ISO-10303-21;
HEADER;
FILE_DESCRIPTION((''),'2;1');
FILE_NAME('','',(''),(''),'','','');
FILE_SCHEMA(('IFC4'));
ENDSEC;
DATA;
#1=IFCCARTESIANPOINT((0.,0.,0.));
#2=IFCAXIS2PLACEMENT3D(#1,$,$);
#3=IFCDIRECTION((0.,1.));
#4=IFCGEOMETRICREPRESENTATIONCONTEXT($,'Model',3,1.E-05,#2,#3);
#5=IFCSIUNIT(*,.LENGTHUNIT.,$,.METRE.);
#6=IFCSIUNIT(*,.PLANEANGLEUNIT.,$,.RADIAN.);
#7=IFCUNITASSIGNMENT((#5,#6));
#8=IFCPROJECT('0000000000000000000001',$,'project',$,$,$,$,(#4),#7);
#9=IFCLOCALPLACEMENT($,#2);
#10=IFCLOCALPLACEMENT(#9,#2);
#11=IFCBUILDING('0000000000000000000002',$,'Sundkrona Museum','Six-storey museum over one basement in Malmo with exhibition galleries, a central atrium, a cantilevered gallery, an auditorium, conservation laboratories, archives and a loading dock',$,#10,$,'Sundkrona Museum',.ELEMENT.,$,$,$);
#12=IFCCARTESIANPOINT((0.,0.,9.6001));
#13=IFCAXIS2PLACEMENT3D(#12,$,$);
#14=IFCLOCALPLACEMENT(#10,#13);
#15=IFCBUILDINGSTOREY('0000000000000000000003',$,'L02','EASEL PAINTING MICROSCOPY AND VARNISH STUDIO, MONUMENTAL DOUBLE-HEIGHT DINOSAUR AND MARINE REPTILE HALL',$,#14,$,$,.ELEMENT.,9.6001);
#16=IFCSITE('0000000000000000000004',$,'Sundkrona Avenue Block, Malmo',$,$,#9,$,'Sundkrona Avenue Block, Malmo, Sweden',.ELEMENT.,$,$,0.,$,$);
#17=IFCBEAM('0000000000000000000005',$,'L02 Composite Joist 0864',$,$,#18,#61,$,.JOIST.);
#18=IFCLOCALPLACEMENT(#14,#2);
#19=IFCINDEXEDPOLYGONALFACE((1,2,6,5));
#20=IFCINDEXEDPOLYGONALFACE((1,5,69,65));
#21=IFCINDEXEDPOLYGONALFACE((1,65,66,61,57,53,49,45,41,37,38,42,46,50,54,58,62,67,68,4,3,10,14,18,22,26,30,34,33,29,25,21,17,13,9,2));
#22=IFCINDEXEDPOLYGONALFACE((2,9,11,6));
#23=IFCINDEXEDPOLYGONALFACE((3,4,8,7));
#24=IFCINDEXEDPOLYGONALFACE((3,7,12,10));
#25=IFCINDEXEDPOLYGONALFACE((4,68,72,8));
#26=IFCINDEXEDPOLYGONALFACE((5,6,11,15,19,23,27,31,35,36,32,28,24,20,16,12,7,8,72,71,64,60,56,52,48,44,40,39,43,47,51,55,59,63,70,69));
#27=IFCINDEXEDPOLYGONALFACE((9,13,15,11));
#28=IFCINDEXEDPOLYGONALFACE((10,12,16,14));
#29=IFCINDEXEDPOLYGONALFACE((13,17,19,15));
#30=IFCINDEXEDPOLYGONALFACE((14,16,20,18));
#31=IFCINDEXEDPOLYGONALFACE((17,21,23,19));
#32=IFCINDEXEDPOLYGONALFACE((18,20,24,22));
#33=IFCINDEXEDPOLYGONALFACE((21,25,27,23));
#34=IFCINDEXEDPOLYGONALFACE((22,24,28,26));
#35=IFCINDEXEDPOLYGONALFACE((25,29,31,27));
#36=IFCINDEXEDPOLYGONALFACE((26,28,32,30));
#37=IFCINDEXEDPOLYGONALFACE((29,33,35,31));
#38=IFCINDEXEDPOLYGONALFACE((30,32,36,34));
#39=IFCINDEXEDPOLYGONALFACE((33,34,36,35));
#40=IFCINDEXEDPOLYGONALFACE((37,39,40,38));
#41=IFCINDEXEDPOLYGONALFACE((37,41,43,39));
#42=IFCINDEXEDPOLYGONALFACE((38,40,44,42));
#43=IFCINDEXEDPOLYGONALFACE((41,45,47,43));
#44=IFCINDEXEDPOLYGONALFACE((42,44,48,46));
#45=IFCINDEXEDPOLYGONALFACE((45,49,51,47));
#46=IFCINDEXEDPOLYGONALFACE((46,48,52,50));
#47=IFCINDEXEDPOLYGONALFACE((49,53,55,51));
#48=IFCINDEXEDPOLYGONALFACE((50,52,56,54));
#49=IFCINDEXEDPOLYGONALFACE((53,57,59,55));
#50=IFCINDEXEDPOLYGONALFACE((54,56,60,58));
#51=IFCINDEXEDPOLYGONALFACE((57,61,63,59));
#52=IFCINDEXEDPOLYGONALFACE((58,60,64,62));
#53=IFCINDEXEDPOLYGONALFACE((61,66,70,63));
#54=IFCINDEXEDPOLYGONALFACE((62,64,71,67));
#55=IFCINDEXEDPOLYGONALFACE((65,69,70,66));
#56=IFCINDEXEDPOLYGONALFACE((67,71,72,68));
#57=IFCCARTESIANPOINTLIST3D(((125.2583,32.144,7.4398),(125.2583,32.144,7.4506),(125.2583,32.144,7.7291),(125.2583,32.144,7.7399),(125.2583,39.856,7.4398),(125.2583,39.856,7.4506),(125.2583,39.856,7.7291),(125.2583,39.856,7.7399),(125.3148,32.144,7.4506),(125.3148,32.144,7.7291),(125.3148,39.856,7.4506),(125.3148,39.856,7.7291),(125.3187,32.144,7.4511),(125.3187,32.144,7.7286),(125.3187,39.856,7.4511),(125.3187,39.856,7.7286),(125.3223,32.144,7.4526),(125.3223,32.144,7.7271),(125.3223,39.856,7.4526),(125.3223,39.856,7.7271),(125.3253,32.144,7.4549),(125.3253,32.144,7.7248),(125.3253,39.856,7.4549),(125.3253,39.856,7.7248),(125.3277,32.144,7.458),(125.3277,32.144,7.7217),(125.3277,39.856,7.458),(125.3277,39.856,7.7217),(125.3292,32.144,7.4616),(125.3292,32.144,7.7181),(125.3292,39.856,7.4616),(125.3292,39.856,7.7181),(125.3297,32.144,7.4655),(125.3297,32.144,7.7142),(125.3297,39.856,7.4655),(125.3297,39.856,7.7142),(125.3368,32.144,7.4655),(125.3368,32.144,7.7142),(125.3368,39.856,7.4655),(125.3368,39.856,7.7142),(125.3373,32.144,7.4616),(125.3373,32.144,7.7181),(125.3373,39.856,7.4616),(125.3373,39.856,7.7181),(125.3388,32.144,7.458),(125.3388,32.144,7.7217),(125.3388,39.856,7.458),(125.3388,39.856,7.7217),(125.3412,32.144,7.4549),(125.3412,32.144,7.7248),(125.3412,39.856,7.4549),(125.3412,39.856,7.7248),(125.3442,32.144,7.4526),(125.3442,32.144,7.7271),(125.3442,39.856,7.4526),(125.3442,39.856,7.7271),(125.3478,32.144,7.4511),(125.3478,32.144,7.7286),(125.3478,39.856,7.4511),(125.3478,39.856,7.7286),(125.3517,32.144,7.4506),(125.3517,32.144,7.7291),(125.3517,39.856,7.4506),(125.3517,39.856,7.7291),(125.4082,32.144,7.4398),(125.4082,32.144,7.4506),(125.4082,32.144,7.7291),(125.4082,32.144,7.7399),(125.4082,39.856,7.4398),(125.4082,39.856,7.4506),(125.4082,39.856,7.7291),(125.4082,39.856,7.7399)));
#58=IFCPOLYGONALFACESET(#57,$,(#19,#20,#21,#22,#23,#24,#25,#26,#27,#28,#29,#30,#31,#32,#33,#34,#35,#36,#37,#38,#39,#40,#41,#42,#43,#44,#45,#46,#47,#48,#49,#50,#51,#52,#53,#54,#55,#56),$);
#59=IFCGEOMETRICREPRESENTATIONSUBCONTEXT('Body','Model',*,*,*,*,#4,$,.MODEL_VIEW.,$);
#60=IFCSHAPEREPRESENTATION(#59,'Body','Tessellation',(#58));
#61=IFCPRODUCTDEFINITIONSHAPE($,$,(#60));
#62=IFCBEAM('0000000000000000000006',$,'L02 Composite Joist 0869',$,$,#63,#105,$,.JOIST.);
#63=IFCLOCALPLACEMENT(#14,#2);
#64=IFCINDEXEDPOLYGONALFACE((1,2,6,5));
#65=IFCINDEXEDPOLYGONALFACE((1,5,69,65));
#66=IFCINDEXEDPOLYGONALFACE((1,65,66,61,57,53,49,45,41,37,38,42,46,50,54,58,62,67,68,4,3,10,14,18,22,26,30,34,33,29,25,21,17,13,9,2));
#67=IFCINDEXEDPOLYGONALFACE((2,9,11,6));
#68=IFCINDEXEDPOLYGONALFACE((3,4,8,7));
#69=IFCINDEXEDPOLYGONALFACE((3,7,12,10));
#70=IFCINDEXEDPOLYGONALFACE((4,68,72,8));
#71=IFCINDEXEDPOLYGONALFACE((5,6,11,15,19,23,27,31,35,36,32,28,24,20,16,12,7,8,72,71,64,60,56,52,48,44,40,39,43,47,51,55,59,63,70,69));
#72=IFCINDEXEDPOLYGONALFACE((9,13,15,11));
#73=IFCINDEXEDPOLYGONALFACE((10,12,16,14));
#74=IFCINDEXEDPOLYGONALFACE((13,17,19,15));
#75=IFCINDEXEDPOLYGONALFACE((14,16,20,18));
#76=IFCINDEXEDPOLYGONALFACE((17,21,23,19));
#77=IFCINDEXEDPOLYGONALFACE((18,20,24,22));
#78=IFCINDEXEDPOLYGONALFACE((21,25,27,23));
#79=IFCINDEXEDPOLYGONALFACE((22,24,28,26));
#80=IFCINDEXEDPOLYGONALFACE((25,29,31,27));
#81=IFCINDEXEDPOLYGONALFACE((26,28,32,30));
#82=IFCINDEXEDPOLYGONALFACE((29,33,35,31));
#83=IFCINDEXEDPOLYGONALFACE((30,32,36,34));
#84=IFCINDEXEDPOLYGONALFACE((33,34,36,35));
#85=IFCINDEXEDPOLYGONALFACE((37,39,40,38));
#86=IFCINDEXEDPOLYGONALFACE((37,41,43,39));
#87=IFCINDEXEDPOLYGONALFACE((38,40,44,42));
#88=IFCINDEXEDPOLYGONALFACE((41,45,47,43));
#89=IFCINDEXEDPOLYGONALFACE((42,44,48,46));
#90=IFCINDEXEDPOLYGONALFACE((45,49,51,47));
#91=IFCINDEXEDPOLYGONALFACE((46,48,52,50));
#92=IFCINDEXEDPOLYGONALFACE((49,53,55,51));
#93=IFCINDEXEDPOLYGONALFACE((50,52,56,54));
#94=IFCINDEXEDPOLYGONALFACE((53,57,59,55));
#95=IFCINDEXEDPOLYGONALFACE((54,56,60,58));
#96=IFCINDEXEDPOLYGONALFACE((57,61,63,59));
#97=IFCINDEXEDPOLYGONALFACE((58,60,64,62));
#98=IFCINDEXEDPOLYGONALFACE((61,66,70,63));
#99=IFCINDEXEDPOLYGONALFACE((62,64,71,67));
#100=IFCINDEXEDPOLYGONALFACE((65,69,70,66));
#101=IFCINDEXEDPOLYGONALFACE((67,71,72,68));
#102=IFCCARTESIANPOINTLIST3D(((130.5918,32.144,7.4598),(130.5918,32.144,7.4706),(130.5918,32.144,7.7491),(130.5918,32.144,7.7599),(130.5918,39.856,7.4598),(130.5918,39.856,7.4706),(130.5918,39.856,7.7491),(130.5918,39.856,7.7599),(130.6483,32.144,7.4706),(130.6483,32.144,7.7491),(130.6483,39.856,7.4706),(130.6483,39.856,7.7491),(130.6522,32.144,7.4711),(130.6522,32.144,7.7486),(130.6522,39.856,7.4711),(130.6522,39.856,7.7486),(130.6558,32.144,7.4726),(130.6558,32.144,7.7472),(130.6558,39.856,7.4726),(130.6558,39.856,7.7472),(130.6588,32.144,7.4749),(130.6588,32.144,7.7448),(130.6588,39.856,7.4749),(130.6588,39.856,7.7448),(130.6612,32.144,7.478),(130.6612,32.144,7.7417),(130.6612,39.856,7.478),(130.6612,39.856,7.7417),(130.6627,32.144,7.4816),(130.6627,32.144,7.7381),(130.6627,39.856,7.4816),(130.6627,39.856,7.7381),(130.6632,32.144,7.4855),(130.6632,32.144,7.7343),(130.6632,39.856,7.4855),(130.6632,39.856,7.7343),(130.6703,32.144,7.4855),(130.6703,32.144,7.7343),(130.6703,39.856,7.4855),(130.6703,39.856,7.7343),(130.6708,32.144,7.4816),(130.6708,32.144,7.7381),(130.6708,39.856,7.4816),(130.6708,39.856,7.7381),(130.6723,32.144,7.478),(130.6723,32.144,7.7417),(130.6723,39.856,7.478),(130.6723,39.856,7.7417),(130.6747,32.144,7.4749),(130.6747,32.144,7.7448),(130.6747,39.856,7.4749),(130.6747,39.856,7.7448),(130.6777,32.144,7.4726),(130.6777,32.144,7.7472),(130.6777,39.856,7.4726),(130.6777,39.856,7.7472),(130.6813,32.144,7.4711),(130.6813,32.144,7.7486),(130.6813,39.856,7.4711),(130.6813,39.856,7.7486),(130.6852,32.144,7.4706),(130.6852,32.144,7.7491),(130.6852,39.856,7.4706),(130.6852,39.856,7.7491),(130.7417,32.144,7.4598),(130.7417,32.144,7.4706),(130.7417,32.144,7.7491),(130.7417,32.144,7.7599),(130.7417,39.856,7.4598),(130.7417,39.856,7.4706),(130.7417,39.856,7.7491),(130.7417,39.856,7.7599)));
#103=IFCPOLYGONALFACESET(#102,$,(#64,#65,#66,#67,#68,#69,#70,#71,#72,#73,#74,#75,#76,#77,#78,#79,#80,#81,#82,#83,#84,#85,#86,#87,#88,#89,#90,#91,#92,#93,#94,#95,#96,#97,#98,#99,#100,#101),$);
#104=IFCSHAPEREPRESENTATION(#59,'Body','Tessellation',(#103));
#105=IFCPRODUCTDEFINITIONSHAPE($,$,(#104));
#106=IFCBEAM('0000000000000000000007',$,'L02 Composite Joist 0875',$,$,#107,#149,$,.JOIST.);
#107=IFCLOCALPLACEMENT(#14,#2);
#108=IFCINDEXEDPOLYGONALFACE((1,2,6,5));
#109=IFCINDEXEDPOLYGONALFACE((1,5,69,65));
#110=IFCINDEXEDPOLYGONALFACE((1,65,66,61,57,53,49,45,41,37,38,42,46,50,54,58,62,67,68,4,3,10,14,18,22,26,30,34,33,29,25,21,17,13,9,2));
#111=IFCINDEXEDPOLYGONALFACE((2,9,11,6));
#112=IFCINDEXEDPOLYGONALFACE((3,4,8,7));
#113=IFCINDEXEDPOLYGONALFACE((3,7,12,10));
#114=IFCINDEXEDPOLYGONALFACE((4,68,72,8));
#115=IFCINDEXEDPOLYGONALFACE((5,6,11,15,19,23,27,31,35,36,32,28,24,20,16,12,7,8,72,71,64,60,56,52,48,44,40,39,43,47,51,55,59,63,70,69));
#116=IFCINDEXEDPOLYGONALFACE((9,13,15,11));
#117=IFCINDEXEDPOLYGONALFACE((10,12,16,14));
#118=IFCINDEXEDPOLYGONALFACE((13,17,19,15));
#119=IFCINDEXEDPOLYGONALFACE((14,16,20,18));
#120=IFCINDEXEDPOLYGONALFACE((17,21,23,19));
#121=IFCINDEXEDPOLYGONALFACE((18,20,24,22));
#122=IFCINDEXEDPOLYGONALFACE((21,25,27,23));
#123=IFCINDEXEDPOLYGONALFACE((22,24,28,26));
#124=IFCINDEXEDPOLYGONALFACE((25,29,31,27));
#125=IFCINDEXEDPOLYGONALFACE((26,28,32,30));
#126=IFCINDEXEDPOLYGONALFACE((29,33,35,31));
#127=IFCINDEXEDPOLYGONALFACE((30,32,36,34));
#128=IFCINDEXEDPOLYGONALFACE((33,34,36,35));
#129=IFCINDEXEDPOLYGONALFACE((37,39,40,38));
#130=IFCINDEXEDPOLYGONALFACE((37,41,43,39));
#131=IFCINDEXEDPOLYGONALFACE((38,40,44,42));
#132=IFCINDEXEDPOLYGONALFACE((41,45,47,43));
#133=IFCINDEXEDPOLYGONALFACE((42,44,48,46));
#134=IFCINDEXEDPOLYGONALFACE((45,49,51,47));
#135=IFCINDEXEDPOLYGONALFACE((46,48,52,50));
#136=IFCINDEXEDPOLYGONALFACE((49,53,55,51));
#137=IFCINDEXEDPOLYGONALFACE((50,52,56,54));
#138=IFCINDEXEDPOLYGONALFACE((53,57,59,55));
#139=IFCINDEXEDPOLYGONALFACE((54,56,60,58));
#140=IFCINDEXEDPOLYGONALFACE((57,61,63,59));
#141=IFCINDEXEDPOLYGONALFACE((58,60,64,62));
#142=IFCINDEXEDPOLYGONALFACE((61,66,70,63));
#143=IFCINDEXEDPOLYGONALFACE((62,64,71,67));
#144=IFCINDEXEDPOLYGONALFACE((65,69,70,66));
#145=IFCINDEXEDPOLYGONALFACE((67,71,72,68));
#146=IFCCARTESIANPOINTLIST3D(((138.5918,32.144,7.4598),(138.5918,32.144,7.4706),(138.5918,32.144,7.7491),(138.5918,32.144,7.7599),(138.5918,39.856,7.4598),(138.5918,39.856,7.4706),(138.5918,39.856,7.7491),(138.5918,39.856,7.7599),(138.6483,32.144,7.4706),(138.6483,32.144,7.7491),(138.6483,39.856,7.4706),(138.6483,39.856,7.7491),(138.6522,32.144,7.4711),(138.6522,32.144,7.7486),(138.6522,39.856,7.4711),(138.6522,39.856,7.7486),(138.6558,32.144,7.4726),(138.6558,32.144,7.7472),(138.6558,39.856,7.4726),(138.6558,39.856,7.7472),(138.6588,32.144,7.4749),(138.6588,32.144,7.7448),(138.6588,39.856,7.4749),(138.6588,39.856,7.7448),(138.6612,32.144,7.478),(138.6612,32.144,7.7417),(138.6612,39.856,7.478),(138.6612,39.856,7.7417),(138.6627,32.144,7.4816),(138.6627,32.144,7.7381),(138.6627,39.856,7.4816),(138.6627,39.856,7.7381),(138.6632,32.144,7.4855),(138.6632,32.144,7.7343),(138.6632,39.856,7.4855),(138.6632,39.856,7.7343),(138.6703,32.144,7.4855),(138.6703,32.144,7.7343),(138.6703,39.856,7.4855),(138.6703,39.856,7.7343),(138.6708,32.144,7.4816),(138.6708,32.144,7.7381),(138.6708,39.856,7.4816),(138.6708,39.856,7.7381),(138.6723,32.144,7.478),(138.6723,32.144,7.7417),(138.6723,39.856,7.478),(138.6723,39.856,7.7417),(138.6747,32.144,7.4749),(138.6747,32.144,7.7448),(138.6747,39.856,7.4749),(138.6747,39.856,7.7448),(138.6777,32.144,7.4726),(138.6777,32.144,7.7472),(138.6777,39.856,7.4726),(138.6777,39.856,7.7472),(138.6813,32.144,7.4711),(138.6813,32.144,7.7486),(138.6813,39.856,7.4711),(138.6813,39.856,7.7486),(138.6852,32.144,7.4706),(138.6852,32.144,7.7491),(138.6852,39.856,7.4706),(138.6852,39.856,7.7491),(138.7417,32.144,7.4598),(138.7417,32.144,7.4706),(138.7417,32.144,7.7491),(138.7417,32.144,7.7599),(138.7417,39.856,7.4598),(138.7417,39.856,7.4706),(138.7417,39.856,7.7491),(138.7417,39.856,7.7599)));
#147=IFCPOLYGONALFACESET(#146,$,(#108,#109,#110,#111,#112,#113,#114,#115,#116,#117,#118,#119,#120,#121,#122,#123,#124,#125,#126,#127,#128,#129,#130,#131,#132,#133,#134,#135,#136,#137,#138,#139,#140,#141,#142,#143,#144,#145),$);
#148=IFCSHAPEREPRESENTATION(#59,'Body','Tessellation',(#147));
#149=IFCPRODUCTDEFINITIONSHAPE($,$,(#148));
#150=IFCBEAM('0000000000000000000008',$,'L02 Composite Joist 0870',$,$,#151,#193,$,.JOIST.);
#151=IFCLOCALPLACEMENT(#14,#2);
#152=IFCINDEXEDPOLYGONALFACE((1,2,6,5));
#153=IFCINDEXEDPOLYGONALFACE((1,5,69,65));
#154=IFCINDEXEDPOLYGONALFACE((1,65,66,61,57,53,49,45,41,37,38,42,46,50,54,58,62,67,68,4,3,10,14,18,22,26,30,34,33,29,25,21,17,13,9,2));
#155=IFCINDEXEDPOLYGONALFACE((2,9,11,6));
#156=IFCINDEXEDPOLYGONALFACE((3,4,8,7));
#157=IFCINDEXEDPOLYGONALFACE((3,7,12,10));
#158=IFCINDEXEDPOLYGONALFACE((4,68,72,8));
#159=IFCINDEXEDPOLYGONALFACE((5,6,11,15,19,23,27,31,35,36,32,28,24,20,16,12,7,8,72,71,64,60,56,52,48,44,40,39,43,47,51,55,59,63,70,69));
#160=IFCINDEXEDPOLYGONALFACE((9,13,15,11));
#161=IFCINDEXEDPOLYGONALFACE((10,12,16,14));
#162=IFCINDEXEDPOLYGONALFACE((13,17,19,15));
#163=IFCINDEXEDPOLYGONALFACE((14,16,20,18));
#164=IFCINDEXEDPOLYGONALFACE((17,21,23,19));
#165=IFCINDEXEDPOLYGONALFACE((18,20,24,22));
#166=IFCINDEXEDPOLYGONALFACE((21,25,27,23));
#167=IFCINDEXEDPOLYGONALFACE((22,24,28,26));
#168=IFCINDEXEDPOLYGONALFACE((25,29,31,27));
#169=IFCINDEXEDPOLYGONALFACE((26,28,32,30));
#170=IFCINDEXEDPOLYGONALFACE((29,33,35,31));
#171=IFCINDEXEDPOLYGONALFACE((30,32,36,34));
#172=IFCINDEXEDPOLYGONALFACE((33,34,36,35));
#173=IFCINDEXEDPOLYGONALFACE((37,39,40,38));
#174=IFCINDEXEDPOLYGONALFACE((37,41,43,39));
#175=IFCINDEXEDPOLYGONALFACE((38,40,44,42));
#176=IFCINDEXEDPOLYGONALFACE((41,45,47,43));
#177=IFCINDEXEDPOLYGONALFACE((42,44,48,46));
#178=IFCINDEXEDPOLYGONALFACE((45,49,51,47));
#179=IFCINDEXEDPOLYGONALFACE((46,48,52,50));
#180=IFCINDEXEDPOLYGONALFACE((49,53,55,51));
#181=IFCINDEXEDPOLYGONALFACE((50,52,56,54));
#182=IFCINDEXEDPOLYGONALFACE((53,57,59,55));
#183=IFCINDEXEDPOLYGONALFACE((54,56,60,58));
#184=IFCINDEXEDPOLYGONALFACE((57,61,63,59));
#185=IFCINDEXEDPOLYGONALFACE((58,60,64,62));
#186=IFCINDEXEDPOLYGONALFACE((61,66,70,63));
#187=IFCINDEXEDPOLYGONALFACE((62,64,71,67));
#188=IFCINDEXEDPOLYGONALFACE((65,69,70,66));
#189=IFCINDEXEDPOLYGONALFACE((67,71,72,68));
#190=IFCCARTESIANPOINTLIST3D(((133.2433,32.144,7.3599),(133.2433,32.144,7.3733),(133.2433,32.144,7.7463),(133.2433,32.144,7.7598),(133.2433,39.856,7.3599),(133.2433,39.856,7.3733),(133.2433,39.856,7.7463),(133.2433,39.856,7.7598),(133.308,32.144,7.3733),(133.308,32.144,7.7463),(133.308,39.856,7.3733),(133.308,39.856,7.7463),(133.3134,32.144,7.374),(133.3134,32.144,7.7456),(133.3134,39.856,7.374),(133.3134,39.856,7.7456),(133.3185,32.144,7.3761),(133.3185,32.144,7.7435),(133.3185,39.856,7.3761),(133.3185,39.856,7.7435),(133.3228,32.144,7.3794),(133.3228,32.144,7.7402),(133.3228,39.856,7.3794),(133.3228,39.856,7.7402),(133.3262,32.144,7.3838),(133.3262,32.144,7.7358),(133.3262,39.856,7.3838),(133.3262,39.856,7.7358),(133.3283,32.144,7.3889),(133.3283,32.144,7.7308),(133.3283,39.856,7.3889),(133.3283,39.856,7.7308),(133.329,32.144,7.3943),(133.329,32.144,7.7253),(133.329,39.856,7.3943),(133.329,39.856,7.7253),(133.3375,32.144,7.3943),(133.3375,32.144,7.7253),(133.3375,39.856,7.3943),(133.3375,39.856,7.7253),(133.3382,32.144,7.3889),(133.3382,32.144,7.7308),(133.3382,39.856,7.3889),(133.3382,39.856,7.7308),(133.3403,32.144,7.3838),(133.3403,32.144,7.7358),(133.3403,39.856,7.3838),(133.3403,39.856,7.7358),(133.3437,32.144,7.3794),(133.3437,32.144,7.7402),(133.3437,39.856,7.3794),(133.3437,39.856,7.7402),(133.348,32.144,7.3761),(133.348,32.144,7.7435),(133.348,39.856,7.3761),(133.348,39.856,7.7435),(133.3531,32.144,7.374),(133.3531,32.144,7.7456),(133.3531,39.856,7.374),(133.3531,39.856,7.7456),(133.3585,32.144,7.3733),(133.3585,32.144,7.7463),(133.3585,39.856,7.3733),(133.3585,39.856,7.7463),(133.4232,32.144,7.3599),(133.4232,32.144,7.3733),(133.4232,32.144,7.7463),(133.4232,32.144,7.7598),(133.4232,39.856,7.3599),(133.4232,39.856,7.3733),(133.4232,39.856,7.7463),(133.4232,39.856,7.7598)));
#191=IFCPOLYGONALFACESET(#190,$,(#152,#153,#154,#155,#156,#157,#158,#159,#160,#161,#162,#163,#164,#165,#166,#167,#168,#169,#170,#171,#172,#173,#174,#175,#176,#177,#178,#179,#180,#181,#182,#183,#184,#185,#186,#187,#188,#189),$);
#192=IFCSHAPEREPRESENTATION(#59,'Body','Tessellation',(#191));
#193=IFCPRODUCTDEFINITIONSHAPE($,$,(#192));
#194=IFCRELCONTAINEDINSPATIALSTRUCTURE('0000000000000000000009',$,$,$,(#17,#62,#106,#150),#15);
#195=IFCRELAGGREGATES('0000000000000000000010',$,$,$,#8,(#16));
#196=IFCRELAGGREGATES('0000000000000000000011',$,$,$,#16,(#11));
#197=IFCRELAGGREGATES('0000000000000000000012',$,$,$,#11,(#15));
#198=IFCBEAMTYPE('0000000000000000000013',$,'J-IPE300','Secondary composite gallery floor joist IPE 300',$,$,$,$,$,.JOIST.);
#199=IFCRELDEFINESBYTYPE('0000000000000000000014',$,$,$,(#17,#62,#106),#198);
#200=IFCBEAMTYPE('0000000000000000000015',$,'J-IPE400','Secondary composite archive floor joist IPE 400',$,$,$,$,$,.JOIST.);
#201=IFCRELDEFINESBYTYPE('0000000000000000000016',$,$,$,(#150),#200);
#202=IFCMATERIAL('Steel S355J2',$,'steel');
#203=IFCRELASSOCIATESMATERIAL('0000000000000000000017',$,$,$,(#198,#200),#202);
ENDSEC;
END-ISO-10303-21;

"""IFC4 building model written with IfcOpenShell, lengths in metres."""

from ifc_helpers import new_model, si_unit, direction, frame, origin, origin_2d, place, context, subcontext, project, spatial, i_section, extrude, material, material_profile, profile_set, type_object, element, save


model = new_model("IFC4")

# Units and contexts
model_context = context("Model", 3, precision=1e-05, world=origin(), true_north=direction((0.0, 1.0)))
body_context = subcontext(model_context, "Body", "Model", "MODEL_VIEW")
ifc_project = project(units=[si_unit("LENGTHUNIT", "METRE"), si_unit("PLANEANGLEUNIT", "RADIAN")], contexts=[model_context])

# Site, building, storey
site_placement = place(None, origin())
site = spatial("IfcSite", under=ifc_project, at=site_placement, Name="Sundkrona Avenue Block, Malmo", LongName="Sundkrona Avenue Block, Malmo, Sweden", CompositionType="ELEMENT", RefElevation=0.0)
building_placement = place(site_placement, origin())
building = spatial("IfcBuilding", under=site, at=building_placement, Name="Sundkrona Museum", Description="Six-storey museum over one basement in Malmo with exhibition galleries, a central atrium, a cantilevered gallery, an auditorium, conservation laboratories, archives and a loading dock", LongName="Sundkrona Museum", CompositionType="ELEMENT")
storey_placement = place(building_placement, frame((0.0, 0.0, 9.6001)))
storey = spatial("IfcBuildingStorey", under=building, at=storey_placement, Name="L02", Description="EASEL PAINTING MICROSCOPY AND VARNISH STUDIO, MONUMENTAL DOUBLE-HEIGHT DINOSAUR AND MARINE REPTILE HALL", CompositionType="ELEMENT", Elevation=9.6001)

# Shared definitions
ifc_material_1 = material(Name="Steel S355J2", Category="steel")

# Beams
ifc_material_profile_1 = material_profile(ifc_material_1, i_section(OverallWidth=0.1499, OverallDepth=0.3, WebThickness=0.0071, FlangeThickness=0.0107, FilletRadius=0.0149, at=origin_2d()), Name="IPE 300")
ifc_profile_set_1 = profile_set([ifc_material_profile_1], Name="Steel S355J2")
beam_type_1 = type_object("IfcBeamType", Name="J-IPE300", Description="Secondary composite gallery floor joist IPE 300", PredefinedType="JOIST", material=ifc_profile_set_1)
for number, where, z_axis, x_axis, name in (
    (1, (125.3333, 32.144, 7.5898), (0.0, 1.0, 0.0), (-1.0, 0.0, 0.0), "L02 Composite Joist 0864"),
    (2, (130.6667, 32.144, 7.6099), (0.0, 1.0, 0.0), (-1.0, 0.0, 0.0), "L02 Composite Joist 0869"),
    (3, (138.6667, 32.144, 7.6099), (0.0, 1.0, 0.0), (-1.0, 0.0, 0.0), "L02 Composite Joist 0875"),
):
    element("IfcBeam", number, at=place(storey_placement, frame(where, z_axis=z_axis, x_axis=x_axis)), inside=storey, type_object=beam_type_1, Name=name, PredefinedType="JOIST", context=body_context, shape_type="SweptSolid", body=[
        extrude(i_section(OverallWidth=0.1499, OverallDepth=0.3, WebThickness=0.0071, FlangeThickness=0.0107, FilletRadius=0.0149, at=origin_2d()), origin(), (0.0, 0.0, 1.0), 7.7119),
    ])
ifc_material_profile_2 = material_profile(ifc_material_1, i_section(OverallWidth=0.1799, OverallDepth=0.3999, WebThickness=0.0085, FlangeThickness=0.0134, FilletRadius=0.021, at=origin_2d()), Name="IPE 400")
ifc_profile_set_2 = profile_set([ifc_material_profile_2], Name="Steel S355J2")
beam_type_2 = type_object("IfcBeamType", Name="J-IPE400", Description="Secondary composite archive floor joist IPE 400", PredefinedType="JOIST", material=ifc_profile_set_2)
beam_1_placement = place(storey_placement, frame((133.3333, 32.144, 7.5598), z_axis=(0.0, 1.0, 0.0), x_axis=(-1.0, 0.0, 0.0)))
element("IfcBeam", 4, at=beam_1_placement, inside=storey, type_object=beam_type_2, Name="L02 Composite Joist 0870", PredefinedType="JOIST", context=body_context, shape_type="SweptSolid", body=[
    extrude(i_section(OverallWidth=0.1799, OverallDepth=0.3999, WebThickness=0.0085, FlangeThickness=0.0134, FilletRadius=0.021, at=origin_2d()), origin(), (0.0, 0.0, 1.0), 7.7119),
])

save(model, "model.ifc")
